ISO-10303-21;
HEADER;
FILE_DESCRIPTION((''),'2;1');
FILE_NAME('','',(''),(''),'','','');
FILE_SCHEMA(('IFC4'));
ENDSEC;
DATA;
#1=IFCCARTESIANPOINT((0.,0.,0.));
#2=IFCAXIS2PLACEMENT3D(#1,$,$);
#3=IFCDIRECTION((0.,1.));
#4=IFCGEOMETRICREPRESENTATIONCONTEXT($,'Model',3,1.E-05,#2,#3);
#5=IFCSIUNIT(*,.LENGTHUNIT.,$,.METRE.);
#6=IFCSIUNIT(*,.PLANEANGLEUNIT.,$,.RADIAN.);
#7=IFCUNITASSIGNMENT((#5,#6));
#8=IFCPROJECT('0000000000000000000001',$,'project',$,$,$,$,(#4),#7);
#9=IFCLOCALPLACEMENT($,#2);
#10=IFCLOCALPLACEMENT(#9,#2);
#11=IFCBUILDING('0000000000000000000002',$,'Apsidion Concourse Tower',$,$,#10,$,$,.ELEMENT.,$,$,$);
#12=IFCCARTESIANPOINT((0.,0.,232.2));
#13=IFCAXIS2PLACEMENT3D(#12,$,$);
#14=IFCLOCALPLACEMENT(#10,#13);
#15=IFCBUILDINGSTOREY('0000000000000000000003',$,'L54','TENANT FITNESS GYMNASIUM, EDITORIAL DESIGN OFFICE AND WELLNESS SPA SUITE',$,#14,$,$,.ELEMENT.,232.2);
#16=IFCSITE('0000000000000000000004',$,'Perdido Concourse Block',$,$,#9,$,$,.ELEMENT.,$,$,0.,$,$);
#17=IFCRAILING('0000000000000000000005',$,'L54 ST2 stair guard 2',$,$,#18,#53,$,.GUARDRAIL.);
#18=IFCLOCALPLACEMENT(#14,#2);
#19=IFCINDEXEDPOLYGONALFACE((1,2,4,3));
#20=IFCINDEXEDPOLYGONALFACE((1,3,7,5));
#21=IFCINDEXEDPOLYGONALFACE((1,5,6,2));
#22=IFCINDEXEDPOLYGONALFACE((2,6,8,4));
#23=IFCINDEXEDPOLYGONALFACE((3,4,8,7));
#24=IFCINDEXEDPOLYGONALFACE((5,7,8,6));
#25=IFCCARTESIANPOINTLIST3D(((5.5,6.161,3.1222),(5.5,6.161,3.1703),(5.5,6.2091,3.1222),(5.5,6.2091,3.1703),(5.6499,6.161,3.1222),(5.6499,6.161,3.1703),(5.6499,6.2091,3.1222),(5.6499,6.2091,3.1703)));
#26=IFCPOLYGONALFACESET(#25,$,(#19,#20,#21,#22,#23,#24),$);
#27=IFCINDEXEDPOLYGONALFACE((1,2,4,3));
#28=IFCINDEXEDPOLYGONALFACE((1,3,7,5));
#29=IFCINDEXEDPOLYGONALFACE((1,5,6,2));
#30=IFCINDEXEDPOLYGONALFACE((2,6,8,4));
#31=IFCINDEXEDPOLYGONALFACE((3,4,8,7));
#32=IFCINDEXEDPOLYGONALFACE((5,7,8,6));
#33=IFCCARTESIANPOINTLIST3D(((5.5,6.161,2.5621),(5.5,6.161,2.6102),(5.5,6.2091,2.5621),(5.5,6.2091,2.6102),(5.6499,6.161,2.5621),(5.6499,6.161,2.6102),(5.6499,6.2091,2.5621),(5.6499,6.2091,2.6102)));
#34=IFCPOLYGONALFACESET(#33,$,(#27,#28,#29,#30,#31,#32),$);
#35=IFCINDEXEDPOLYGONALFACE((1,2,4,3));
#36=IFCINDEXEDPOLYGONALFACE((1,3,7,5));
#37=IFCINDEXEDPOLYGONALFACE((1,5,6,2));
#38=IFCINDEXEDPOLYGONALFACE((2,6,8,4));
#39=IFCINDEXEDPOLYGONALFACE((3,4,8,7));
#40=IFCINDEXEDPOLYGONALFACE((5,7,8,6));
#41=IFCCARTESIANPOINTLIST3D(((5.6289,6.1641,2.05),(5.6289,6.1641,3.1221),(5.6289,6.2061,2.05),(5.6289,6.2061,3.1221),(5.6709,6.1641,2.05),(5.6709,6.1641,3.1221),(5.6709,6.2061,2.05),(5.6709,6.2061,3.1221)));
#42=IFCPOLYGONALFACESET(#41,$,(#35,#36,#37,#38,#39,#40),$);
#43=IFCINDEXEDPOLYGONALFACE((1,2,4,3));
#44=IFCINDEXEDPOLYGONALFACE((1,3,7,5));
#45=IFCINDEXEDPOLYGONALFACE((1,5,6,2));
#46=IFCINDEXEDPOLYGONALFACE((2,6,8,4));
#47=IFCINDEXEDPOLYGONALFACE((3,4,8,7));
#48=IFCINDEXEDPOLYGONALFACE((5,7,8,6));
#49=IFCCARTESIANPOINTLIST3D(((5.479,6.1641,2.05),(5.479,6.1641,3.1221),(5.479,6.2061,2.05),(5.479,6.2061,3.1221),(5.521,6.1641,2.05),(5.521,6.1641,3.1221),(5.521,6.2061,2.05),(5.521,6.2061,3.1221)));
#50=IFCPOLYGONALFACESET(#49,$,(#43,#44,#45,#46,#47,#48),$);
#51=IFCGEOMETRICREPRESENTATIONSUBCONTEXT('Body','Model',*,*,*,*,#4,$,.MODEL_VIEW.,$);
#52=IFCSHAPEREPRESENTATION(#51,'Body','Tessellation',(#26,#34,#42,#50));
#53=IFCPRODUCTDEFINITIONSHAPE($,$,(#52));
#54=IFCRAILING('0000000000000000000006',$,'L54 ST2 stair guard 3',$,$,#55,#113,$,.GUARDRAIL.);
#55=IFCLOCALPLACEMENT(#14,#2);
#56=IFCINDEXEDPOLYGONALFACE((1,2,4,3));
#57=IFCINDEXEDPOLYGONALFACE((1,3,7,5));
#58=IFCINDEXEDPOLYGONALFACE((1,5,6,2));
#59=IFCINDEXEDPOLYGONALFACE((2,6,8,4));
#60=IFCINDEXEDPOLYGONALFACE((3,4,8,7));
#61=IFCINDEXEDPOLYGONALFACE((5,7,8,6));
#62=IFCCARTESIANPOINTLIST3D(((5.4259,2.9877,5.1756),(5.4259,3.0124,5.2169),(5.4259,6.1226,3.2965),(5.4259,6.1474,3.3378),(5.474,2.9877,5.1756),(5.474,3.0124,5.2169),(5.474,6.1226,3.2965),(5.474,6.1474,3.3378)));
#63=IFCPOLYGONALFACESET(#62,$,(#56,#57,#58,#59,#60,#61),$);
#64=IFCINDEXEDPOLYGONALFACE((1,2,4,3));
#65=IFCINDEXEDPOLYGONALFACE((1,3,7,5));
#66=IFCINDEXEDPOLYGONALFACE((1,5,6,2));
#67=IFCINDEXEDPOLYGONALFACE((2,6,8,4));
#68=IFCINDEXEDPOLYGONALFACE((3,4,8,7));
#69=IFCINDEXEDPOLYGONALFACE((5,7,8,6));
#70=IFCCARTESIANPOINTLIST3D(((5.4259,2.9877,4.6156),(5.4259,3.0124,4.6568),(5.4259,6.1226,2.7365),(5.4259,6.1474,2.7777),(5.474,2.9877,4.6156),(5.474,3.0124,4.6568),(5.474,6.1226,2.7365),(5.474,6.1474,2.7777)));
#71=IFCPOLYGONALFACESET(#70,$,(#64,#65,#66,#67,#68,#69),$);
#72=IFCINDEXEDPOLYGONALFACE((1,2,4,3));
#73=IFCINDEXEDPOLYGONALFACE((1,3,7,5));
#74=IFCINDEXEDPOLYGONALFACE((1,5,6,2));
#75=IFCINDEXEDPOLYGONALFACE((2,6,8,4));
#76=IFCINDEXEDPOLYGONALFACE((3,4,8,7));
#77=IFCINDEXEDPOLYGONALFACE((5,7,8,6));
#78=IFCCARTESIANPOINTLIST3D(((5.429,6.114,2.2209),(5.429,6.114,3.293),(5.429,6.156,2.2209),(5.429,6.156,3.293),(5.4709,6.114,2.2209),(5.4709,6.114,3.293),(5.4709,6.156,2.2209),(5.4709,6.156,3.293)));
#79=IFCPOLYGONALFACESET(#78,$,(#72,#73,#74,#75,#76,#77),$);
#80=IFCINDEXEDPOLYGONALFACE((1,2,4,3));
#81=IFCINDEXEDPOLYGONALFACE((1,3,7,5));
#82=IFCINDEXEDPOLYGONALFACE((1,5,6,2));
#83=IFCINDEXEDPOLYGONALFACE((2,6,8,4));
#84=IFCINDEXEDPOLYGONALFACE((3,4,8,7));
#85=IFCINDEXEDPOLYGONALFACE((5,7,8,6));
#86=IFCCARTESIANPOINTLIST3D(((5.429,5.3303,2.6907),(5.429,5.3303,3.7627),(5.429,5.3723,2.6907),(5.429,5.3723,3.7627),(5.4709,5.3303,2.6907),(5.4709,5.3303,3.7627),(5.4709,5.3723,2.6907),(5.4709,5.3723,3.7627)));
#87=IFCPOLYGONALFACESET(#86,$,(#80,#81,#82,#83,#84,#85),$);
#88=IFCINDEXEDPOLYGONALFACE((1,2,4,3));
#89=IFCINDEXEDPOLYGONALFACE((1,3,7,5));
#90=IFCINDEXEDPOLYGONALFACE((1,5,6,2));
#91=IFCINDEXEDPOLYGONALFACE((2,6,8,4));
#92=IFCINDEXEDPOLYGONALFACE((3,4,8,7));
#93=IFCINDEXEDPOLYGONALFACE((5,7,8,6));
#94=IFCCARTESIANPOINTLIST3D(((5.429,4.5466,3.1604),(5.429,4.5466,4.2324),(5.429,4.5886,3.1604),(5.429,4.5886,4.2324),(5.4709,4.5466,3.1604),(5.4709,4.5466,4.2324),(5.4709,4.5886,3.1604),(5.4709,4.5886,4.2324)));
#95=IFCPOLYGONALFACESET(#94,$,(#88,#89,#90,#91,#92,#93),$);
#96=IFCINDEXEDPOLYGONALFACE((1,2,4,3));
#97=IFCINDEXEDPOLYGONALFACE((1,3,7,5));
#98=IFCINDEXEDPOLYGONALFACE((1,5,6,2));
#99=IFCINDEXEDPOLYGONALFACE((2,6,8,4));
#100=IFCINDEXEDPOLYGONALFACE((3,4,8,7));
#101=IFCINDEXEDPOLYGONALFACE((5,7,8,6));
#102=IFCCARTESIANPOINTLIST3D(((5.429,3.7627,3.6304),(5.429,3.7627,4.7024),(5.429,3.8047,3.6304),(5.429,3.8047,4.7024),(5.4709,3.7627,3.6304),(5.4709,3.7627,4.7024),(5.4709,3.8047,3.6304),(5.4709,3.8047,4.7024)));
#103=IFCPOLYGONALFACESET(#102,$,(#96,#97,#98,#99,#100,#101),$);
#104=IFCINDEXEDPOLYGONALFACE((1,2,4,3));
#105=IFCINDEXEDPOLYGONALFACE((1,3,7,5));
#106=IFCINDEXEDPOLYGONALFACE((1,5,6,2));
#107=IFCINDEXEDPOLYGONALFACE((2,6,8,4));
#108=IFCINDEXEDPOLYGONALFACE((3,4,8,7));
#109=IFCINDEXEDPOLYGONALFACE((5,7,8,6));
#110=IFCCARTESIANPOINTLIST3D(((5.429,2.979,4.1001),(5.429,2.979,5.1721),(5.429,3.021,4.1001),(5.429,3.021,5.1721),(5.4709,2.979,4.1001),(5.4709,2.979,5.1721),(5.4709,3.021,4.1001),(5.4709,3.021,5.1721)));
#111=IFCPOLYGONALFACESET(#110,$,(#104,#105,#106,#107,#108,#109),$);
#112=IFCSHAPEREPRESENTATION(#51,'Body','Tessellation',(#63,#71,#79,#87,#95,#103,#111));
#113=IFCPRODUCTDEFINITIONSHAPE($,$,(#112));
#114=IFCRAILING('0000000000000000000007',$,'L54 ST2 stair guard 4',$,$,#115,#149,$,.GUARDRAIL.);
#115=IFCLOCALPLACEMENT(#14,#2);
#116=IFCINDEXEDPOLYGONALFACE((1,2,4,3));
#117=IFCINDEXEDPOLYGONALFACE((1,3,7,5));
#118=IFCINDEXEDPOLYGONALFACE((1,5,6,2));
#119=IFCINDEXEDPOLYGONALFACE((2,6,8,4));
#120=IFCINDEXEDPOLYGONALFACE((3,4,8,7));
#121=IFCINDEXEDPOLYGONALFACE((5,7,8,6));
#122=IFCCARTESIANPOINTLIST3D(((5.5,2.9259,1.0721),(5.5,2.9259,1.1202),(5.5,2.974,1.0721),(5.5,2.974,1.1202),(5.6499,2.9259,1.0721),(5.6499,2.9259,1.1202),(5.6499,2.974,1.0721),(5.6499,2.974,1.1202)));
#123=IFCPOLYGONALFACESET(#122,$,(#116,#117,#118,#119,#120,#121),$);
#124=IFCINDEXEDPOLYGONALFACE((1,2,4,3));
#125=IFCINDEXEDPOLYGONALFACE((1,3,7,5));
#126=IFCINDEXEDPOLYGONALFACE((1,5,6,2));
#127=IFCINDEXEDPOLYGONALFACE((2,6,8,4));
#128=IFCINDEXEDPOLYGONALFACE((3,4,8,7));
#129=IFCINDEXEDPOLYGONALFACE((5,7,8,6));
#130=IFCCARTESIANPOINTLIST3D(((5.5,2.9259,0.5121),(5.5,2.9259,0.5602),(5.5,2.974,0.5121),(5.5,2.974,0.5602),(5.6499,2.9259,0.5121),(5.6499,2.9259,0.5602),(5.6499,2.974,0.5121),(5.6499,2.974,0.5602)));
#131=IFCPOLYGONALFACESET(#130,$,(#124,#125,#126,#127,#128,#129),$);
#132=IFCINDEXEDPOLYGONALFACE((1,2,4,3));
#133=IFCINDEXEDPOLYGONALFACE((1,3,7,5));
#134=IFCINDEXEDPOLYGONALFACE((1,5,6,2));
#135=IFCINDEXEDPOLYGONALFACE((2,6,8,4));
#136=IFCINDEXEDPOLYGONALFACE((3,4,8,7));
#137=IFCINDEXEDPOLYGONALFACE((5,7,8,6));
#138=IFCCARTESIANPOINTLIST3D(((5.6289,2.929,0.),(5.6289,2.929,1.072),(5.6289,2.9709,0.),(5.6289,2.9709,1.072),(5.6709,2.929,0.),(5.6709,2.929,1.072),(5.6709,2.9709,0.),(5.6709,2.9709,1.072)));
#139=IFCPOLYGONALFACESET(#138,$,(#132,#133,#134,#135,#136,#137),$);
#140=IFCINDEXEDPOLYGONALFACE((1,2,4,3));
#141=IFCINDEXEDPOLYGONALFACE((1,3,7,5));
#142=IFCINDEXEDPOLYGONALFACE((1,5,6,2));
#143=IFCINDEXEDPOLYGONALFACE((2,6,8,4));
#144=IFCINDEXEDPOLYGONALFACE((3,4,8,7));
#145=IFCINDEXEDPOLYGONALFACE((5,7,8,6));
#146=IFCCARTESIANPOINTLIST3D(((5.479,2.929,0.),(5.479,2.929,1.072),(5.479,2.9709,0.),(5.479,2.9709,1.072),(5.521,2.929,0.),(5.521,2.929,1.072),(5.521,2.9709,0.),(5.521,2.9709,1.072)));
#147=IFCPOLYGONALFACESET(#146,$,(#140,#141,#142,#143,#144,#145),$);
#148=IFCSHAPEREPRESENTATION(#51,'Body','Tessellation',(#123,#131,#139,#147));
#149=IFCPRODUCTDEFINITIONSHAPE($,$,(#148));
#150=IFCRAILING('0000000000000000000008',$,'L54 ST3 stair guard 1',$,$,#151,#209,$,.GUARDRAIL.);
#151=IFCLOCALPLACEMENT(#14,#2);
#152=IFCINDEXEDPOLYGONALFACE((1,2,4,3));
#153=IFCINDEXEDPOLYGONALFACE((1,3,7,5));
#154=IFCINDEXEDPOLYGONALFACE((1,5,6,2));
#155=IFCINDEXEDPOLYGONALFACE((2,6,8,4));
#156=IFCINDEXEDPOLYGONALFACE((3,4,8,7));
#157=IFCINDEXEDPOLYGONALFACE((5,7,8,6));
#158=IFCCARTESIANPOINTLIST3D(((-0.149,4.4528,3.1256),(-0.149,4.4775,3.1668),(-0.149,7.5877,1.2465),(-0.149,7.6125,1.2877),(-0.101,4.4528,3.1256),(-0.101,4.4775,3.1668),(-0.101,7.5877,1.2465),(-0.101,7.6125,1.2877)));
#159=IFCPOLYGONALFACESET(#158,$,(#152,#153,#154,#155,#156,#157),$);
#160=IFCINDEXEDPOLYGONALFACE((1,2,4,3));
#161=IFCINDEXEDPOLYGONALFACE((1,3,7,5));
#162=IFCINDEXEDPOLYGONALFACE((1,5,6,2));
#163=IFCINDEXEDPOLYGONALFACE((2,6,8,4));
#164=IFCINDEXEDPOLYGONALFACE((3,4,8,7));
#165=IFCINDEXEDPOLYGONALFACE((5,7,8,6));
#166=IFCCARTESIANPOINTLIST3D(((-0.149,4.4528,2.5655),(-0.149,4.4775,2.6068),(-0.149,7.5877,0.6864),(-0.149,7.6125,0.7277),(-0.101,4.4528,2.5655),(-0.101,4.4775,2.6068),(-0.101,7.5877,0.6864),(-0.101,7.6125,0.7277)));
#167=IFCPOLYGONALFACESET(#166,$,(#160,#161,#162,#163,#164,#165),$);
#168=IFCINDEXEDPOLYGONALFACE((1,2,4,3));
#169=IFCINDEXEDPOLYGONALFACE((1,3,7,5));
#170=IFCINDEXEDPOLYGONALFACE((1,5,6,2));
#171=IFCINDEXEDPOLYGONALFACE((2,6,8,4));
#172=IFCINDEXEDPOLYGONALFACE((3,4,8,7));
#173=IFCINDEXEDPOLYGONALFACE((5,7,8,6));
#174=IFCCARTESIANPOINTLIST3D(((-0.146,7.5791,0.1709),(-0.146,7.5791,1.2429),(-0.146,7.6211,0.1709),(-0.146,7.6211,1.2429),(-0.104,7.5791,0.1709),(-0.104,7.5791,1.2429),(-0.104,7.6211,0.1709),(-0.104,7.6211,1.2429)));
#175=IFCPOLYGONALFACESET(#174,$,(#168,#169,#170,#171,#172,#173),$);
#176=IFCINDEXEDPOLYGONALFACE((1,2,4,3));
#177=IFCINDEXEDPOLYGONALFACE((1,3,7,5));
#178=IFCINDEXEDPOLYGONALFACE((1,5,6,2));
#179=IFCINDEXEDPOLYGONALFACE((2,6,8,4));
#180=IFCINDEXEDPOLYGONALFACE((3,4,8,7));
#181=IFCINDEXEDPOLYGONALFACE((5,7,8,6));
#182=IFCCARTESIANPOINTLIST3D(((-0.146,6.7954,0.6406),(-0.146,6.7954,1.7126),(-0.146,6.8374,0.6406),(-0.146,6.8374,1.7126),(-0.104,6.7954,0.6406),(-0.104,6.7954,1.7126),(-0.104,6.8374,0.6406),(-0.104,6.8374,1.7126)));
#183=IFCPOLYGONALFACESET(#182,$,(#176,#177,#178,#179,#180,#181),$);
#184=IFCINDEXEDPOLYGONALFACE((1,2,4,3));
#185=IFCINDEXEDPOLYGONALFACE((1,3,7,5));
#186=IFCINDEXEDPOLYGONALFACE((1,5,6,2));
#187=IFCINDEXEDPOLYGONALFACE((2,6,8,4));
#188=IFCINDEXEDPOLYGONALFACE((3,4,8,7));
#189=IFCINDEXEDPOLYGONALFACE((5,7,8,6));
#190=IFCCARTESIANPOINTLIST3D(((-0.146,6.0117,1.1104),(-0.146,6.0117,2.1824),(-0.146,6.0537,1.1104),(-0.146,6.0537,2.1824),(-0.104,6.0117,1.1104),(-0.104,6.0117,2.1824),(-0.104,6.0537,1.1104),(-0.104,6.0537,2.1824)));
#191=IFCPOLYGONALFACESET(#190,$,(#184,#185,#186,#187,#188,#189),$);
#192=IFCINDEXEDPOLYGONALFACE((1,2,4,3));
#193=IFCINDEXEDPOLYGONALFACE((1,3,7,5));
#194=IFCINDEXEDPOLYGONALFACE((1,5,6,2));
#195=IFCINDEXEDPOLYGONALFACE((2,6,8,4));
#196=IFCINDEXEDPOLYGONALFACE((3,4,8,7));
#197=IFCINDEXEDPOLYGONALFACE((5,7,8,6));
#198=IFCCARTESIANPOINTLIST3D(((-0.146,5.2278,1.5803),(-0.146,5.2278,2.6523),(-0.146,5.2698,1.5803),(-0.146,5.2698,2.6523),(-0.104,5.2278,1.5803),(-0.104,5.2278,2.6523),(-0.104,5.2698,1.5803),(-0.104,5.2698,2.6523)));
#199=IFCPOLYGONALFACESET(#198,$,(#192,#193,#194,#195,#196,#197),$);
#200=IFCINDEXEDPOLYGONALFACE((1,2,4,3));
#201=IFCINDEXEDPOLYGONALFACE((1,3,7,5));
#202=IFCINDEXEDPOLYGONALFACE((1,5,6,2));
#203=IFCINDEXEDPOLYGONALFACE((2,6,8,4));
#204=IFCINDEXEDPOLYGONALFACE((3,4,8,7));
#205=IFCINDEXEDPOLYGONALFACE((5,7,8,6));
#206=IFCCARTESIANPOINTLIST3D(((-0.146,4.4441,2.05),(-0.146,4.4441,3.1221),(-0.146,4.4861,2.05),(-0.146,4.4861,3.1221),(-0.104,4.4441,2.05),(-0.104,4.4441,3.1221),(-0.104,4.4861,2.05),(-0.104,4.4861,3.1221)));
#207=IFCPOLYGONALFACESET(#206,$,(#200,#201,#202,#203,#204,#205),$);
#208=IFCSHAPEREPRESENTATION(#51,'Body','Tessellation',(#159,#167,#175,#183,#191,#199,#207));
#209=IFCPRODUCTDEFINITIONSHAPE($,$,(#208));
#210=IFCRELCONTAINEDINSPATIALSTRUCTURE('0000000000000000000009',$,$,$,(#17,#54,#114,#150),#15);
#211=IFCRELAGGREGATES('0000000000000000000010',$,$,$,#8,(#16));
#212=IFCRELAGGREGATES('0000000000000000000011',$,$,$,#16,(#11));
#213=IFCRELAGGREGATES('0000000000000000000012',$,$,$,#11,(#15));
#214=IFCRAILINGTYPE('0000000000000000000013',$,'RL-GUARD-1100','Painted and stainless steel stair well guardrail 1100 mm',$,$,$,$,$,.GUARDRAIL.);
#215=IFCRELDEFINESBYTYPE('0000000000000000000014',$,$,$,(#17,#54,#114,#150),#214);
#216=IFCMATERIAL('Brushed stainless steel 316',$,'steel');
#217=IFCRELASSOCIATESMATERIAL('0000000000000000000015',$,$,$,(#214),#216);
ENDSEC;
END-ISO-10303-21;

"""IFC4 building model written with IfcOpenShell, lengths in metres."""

from ifc_helpers import new_model, si_unit, direction, frame, origin, origin_2d, place, context, subcontext, project, spatial, rectangle, extrude, material, type_object, element, save


model = new_model("IFC4")

# Units and contexts
model_context = context("Model", 3, precision=1e-05, world=origin(), true_north=direction((0.0, 1.0)))
body_context = subcontext(model_context, "Body", "Model", "MODEL_VIEW")
ifc_project = project(units=[si_unit("LENGTHUNIT", "METRE"), si_unit("PLANEANGLEUNIT", "RADIAN")], contexts=[model_context])

# Site, building, storey
site_placement = place(None, origin())
site = spatial("IfcSite", under=ifc_project, at=site_placement, Name="Perdido Concourse Block", CompositionType="ELEMENT", RefElevation=0.0)
building_placement = place(site_placement, origin())
building = spatial("IfcBuilding", under=site, at=building_placement, Name="Apsidion Concourse Tower", CompositionType="ELEMENT")
storey_placement = place(building_placement, frame((0.0, 0.0, 232.2)))
storey = spatial("IfcBuildingStorey", under=building, at=storey_placement, Name="L54", Description="TENANT FITNESS GYMNASIUM, EDITORIAL DESIGN OFFICE AND WELLNESS SPA SUITE", CompositionType="ELEMENT", Elevation=232.2)

# Railings
ifc_material_1 = material(Name="Brushed stainless steel 316", Category="steel")
railing_type_1 = type_object("IfcRailingType", Name="RL-GUARD-1100", Description="Painted and stainless steel stair well guardrail 1100 mm", PredefinedType="GUARDRAIL", material=ifc_material_1)
railing_1_placement = place(storey_placement, frame((5.6499, 6.1851, 2.05)))
element("IfcRailing", 1, at=railing_1_placement, inside=storey, type_object=railing_type_1, Name="L54 ST2 stair guard 2", PredefinedType="GUARDRAIL", context=body_context, shape_type="SweptSolid", body=[
    extrude(rectangle(XDim=0.0481, YDim=0.0481, at=origin_2d()), frame((0.0, 0.0, 1.0962), z_axis=(-1.0, 0.0, 0.0), x_axis=(0.0, -1.0, 0.0)), (0.0, 0.0, 1.0), 0.1499),
    extrude(rectangle(XDim=0.0481, YDim=0.0481, at=origin_2d()), frame((0.0, 0.0, 0.5361), z_axis=(-1.0, 0.0, 0.0), x_axis=(0.0, -1.0, 0.0)), (0.0, 0.0, 1.0), 0.1499),
    extrude(rectangle(XDim=0.042, YDim=0.042, at=origin_2d()), origin(), (0.0, 0.0, 1.0), 1.072),
    extrude(rectangle(XDim=0.042, YDim=0.042, at=origin_2d()), frame((-0.1499, 0.0, 0.0)), (0.0, 0.0, 1.0), 1.072),
])
railing_2_placement = place(storey_placement, frame((5.45, 6.135, 2.2209)))
element("IfcRailing", 2, at=railing_2_placement, inside=storey, type_object=railing_type_1, Name="L54 ST2 stair guard 3", PredefinedType="GUARDRAIL", context=body_context, shape_type="SweptSolid", body=[
    extrude(rectangle(XDim=0.0481, YDim=0.0481, at=origin_2d()), frame((0.0, 0.0, 1.0962), z_axis=(0.0, -0.857717, 0.514122), x_axis=(1.0, 0.0, 0.0)), (0.0, 0.0, 1.0), 3.655),
    extrude(rectangle(XDim=0.0481, YDim=0.0481, at=origin_2d()), frame((0.0, 0.0, 0.5361), z_axis=(0.0, -0.857717, 0.514122), x_axis=(1.0, 0.0, 0.0)), (0.0, 0.0, 1.0), 3.655),
    extrude(rectangle(XDim=0.042, YDim=0.042, at=origin_2d()), origin(), (0.0, 0.0, 1.0), 1.072),
    extrude(rectangle(XDim=0.042, YDim=0.042, at=origin_2d()), frame((0.0, -0.7837, 0.4697)), (0.0, 0.0, 1.0), 1.072),
    extrude(rectangle(XDim=0.042, YDim=0.042, at=origin_2d()), frame((0.0, -1.5674, 0.9395)), (0.0, 0.0, 1.0), 1.072),
    extrude(rectangle(XDim=0.042, YDim=0.042, at=origin_2d()), frame((0.0, -2.3513, 1.4094)), (0.0, 0.0, 1.0), 1.072),
    extrude(rectangle(XDim=0.042, YDim=0.042, at=origin_2d()), frame((0.0, -3.135, 1.8792)), (0.0, 0.0, 1.0), 1.072),
])
railing_3_placement = place(storey_placement, frame((5.6499, 2.95, 0.0)))
element("IfcRailing", 3, at=railing_3_placement, inside=storey, type_object=railing_type_1, Name="L54 ST2 stair guard 4", PredefinedType="GUARDRAIL", context=body_context, shape_type="SweptSolid", body=[
    extrude(rectangle(XDim=0.0481, YDim=0.0481, at=origin_2d()), frame((0.0, 0.0, 1.0962), z_axis=(-1.0, 0.0, 0.0), x_axis=(0.0, -1.0, 0.0)), (0.0, 0.0, 1.0), 0.1499),
    extrude(rectangle(XDim=0.0481, YDim=0.0481, at=origin_2d()), frame((0.0, 0.0, 0.5361), z_axis=(-1.0, 0.0, 0.0), x_axis=(0.0, -1.0, 0.0)), (0.0, 0.0, 1.0), 0.1499),
    extrude(rectangle(XDim=0.042, YDim=0.042, at=origin_2d()), origin(), (0.0, 0.0, 1.0), 1.072),
    extrude(rectangle(XDim=0.042, YDim=0.042, at=origin_2d()), frame((-0.1499, 0.0, 0.0)), (0.0, 0.0, 1.0), 1.072),
])
railing_4_placement = place(storey_placement, frame((-0.125, 7.6001, 0.1709)))
element("IfcRailing", 4, at=railing_4_placement, inside=storey, type_object=railing_type_1, Name="L54 ST3 stair guard 1", PredefinedType="GUARDRAIL", context=body_context, shape_type="SweptSolid", body=[
    extrude(rectangle(XDim=0.0481, YDim=0.0481, at=origin_2d()), frame((0.0, 0.0, 1.0962), z_axis=(0.0, -0.857717, 0.514122), x_axis=(1.0, 0.0, 0.0)), (0.0, 0.0, 1.0), 3.655),
    extrude(rectangle(XDim=0.0481, YDim=0.0481, at=origin_2d()), frame((0.0, 0.0, 0.5361), z_axis=(0.0, -0.857717, 0.514122), x_axis=(1.0, 0.0, 0.0)), (0.0, 0.0, 1.0), 3.655),
    extrude(rectangle(XDim=0.042, YDim=0.042, at=origin_2d()), origin(), (0.0, 0.0, 1.0), 1.072),
    extrude(rectangle(XDim=0.042, YDim=0.042, at=origin_2d()), frame((0.0, -0.7837, 0.4697)), (0.0, 0.0, 1.0), 1.072),
    extrude(rectangle(XDim=0.042, YDim=0.042, at=origin_2d()), frame((0.0, -1.5674, 0.9395)), (0.0, 0.0, 1.0), 1.072),
    extrude(rectangle(XDim=0.042, YDim=0.042, at=origin_2d()), frame((0.0, -2.3513, 1.4094)), (0.0, 0.0, 1.0), 1.072),
    extrude(rectangle(XDim=0.042, YDim=0.042, at=origin_2d()), frame((0.0, -3.135, 1.8792)), (0.0, 0.0, 1.0), 1.072),
])

save(model, "model.ifc")
